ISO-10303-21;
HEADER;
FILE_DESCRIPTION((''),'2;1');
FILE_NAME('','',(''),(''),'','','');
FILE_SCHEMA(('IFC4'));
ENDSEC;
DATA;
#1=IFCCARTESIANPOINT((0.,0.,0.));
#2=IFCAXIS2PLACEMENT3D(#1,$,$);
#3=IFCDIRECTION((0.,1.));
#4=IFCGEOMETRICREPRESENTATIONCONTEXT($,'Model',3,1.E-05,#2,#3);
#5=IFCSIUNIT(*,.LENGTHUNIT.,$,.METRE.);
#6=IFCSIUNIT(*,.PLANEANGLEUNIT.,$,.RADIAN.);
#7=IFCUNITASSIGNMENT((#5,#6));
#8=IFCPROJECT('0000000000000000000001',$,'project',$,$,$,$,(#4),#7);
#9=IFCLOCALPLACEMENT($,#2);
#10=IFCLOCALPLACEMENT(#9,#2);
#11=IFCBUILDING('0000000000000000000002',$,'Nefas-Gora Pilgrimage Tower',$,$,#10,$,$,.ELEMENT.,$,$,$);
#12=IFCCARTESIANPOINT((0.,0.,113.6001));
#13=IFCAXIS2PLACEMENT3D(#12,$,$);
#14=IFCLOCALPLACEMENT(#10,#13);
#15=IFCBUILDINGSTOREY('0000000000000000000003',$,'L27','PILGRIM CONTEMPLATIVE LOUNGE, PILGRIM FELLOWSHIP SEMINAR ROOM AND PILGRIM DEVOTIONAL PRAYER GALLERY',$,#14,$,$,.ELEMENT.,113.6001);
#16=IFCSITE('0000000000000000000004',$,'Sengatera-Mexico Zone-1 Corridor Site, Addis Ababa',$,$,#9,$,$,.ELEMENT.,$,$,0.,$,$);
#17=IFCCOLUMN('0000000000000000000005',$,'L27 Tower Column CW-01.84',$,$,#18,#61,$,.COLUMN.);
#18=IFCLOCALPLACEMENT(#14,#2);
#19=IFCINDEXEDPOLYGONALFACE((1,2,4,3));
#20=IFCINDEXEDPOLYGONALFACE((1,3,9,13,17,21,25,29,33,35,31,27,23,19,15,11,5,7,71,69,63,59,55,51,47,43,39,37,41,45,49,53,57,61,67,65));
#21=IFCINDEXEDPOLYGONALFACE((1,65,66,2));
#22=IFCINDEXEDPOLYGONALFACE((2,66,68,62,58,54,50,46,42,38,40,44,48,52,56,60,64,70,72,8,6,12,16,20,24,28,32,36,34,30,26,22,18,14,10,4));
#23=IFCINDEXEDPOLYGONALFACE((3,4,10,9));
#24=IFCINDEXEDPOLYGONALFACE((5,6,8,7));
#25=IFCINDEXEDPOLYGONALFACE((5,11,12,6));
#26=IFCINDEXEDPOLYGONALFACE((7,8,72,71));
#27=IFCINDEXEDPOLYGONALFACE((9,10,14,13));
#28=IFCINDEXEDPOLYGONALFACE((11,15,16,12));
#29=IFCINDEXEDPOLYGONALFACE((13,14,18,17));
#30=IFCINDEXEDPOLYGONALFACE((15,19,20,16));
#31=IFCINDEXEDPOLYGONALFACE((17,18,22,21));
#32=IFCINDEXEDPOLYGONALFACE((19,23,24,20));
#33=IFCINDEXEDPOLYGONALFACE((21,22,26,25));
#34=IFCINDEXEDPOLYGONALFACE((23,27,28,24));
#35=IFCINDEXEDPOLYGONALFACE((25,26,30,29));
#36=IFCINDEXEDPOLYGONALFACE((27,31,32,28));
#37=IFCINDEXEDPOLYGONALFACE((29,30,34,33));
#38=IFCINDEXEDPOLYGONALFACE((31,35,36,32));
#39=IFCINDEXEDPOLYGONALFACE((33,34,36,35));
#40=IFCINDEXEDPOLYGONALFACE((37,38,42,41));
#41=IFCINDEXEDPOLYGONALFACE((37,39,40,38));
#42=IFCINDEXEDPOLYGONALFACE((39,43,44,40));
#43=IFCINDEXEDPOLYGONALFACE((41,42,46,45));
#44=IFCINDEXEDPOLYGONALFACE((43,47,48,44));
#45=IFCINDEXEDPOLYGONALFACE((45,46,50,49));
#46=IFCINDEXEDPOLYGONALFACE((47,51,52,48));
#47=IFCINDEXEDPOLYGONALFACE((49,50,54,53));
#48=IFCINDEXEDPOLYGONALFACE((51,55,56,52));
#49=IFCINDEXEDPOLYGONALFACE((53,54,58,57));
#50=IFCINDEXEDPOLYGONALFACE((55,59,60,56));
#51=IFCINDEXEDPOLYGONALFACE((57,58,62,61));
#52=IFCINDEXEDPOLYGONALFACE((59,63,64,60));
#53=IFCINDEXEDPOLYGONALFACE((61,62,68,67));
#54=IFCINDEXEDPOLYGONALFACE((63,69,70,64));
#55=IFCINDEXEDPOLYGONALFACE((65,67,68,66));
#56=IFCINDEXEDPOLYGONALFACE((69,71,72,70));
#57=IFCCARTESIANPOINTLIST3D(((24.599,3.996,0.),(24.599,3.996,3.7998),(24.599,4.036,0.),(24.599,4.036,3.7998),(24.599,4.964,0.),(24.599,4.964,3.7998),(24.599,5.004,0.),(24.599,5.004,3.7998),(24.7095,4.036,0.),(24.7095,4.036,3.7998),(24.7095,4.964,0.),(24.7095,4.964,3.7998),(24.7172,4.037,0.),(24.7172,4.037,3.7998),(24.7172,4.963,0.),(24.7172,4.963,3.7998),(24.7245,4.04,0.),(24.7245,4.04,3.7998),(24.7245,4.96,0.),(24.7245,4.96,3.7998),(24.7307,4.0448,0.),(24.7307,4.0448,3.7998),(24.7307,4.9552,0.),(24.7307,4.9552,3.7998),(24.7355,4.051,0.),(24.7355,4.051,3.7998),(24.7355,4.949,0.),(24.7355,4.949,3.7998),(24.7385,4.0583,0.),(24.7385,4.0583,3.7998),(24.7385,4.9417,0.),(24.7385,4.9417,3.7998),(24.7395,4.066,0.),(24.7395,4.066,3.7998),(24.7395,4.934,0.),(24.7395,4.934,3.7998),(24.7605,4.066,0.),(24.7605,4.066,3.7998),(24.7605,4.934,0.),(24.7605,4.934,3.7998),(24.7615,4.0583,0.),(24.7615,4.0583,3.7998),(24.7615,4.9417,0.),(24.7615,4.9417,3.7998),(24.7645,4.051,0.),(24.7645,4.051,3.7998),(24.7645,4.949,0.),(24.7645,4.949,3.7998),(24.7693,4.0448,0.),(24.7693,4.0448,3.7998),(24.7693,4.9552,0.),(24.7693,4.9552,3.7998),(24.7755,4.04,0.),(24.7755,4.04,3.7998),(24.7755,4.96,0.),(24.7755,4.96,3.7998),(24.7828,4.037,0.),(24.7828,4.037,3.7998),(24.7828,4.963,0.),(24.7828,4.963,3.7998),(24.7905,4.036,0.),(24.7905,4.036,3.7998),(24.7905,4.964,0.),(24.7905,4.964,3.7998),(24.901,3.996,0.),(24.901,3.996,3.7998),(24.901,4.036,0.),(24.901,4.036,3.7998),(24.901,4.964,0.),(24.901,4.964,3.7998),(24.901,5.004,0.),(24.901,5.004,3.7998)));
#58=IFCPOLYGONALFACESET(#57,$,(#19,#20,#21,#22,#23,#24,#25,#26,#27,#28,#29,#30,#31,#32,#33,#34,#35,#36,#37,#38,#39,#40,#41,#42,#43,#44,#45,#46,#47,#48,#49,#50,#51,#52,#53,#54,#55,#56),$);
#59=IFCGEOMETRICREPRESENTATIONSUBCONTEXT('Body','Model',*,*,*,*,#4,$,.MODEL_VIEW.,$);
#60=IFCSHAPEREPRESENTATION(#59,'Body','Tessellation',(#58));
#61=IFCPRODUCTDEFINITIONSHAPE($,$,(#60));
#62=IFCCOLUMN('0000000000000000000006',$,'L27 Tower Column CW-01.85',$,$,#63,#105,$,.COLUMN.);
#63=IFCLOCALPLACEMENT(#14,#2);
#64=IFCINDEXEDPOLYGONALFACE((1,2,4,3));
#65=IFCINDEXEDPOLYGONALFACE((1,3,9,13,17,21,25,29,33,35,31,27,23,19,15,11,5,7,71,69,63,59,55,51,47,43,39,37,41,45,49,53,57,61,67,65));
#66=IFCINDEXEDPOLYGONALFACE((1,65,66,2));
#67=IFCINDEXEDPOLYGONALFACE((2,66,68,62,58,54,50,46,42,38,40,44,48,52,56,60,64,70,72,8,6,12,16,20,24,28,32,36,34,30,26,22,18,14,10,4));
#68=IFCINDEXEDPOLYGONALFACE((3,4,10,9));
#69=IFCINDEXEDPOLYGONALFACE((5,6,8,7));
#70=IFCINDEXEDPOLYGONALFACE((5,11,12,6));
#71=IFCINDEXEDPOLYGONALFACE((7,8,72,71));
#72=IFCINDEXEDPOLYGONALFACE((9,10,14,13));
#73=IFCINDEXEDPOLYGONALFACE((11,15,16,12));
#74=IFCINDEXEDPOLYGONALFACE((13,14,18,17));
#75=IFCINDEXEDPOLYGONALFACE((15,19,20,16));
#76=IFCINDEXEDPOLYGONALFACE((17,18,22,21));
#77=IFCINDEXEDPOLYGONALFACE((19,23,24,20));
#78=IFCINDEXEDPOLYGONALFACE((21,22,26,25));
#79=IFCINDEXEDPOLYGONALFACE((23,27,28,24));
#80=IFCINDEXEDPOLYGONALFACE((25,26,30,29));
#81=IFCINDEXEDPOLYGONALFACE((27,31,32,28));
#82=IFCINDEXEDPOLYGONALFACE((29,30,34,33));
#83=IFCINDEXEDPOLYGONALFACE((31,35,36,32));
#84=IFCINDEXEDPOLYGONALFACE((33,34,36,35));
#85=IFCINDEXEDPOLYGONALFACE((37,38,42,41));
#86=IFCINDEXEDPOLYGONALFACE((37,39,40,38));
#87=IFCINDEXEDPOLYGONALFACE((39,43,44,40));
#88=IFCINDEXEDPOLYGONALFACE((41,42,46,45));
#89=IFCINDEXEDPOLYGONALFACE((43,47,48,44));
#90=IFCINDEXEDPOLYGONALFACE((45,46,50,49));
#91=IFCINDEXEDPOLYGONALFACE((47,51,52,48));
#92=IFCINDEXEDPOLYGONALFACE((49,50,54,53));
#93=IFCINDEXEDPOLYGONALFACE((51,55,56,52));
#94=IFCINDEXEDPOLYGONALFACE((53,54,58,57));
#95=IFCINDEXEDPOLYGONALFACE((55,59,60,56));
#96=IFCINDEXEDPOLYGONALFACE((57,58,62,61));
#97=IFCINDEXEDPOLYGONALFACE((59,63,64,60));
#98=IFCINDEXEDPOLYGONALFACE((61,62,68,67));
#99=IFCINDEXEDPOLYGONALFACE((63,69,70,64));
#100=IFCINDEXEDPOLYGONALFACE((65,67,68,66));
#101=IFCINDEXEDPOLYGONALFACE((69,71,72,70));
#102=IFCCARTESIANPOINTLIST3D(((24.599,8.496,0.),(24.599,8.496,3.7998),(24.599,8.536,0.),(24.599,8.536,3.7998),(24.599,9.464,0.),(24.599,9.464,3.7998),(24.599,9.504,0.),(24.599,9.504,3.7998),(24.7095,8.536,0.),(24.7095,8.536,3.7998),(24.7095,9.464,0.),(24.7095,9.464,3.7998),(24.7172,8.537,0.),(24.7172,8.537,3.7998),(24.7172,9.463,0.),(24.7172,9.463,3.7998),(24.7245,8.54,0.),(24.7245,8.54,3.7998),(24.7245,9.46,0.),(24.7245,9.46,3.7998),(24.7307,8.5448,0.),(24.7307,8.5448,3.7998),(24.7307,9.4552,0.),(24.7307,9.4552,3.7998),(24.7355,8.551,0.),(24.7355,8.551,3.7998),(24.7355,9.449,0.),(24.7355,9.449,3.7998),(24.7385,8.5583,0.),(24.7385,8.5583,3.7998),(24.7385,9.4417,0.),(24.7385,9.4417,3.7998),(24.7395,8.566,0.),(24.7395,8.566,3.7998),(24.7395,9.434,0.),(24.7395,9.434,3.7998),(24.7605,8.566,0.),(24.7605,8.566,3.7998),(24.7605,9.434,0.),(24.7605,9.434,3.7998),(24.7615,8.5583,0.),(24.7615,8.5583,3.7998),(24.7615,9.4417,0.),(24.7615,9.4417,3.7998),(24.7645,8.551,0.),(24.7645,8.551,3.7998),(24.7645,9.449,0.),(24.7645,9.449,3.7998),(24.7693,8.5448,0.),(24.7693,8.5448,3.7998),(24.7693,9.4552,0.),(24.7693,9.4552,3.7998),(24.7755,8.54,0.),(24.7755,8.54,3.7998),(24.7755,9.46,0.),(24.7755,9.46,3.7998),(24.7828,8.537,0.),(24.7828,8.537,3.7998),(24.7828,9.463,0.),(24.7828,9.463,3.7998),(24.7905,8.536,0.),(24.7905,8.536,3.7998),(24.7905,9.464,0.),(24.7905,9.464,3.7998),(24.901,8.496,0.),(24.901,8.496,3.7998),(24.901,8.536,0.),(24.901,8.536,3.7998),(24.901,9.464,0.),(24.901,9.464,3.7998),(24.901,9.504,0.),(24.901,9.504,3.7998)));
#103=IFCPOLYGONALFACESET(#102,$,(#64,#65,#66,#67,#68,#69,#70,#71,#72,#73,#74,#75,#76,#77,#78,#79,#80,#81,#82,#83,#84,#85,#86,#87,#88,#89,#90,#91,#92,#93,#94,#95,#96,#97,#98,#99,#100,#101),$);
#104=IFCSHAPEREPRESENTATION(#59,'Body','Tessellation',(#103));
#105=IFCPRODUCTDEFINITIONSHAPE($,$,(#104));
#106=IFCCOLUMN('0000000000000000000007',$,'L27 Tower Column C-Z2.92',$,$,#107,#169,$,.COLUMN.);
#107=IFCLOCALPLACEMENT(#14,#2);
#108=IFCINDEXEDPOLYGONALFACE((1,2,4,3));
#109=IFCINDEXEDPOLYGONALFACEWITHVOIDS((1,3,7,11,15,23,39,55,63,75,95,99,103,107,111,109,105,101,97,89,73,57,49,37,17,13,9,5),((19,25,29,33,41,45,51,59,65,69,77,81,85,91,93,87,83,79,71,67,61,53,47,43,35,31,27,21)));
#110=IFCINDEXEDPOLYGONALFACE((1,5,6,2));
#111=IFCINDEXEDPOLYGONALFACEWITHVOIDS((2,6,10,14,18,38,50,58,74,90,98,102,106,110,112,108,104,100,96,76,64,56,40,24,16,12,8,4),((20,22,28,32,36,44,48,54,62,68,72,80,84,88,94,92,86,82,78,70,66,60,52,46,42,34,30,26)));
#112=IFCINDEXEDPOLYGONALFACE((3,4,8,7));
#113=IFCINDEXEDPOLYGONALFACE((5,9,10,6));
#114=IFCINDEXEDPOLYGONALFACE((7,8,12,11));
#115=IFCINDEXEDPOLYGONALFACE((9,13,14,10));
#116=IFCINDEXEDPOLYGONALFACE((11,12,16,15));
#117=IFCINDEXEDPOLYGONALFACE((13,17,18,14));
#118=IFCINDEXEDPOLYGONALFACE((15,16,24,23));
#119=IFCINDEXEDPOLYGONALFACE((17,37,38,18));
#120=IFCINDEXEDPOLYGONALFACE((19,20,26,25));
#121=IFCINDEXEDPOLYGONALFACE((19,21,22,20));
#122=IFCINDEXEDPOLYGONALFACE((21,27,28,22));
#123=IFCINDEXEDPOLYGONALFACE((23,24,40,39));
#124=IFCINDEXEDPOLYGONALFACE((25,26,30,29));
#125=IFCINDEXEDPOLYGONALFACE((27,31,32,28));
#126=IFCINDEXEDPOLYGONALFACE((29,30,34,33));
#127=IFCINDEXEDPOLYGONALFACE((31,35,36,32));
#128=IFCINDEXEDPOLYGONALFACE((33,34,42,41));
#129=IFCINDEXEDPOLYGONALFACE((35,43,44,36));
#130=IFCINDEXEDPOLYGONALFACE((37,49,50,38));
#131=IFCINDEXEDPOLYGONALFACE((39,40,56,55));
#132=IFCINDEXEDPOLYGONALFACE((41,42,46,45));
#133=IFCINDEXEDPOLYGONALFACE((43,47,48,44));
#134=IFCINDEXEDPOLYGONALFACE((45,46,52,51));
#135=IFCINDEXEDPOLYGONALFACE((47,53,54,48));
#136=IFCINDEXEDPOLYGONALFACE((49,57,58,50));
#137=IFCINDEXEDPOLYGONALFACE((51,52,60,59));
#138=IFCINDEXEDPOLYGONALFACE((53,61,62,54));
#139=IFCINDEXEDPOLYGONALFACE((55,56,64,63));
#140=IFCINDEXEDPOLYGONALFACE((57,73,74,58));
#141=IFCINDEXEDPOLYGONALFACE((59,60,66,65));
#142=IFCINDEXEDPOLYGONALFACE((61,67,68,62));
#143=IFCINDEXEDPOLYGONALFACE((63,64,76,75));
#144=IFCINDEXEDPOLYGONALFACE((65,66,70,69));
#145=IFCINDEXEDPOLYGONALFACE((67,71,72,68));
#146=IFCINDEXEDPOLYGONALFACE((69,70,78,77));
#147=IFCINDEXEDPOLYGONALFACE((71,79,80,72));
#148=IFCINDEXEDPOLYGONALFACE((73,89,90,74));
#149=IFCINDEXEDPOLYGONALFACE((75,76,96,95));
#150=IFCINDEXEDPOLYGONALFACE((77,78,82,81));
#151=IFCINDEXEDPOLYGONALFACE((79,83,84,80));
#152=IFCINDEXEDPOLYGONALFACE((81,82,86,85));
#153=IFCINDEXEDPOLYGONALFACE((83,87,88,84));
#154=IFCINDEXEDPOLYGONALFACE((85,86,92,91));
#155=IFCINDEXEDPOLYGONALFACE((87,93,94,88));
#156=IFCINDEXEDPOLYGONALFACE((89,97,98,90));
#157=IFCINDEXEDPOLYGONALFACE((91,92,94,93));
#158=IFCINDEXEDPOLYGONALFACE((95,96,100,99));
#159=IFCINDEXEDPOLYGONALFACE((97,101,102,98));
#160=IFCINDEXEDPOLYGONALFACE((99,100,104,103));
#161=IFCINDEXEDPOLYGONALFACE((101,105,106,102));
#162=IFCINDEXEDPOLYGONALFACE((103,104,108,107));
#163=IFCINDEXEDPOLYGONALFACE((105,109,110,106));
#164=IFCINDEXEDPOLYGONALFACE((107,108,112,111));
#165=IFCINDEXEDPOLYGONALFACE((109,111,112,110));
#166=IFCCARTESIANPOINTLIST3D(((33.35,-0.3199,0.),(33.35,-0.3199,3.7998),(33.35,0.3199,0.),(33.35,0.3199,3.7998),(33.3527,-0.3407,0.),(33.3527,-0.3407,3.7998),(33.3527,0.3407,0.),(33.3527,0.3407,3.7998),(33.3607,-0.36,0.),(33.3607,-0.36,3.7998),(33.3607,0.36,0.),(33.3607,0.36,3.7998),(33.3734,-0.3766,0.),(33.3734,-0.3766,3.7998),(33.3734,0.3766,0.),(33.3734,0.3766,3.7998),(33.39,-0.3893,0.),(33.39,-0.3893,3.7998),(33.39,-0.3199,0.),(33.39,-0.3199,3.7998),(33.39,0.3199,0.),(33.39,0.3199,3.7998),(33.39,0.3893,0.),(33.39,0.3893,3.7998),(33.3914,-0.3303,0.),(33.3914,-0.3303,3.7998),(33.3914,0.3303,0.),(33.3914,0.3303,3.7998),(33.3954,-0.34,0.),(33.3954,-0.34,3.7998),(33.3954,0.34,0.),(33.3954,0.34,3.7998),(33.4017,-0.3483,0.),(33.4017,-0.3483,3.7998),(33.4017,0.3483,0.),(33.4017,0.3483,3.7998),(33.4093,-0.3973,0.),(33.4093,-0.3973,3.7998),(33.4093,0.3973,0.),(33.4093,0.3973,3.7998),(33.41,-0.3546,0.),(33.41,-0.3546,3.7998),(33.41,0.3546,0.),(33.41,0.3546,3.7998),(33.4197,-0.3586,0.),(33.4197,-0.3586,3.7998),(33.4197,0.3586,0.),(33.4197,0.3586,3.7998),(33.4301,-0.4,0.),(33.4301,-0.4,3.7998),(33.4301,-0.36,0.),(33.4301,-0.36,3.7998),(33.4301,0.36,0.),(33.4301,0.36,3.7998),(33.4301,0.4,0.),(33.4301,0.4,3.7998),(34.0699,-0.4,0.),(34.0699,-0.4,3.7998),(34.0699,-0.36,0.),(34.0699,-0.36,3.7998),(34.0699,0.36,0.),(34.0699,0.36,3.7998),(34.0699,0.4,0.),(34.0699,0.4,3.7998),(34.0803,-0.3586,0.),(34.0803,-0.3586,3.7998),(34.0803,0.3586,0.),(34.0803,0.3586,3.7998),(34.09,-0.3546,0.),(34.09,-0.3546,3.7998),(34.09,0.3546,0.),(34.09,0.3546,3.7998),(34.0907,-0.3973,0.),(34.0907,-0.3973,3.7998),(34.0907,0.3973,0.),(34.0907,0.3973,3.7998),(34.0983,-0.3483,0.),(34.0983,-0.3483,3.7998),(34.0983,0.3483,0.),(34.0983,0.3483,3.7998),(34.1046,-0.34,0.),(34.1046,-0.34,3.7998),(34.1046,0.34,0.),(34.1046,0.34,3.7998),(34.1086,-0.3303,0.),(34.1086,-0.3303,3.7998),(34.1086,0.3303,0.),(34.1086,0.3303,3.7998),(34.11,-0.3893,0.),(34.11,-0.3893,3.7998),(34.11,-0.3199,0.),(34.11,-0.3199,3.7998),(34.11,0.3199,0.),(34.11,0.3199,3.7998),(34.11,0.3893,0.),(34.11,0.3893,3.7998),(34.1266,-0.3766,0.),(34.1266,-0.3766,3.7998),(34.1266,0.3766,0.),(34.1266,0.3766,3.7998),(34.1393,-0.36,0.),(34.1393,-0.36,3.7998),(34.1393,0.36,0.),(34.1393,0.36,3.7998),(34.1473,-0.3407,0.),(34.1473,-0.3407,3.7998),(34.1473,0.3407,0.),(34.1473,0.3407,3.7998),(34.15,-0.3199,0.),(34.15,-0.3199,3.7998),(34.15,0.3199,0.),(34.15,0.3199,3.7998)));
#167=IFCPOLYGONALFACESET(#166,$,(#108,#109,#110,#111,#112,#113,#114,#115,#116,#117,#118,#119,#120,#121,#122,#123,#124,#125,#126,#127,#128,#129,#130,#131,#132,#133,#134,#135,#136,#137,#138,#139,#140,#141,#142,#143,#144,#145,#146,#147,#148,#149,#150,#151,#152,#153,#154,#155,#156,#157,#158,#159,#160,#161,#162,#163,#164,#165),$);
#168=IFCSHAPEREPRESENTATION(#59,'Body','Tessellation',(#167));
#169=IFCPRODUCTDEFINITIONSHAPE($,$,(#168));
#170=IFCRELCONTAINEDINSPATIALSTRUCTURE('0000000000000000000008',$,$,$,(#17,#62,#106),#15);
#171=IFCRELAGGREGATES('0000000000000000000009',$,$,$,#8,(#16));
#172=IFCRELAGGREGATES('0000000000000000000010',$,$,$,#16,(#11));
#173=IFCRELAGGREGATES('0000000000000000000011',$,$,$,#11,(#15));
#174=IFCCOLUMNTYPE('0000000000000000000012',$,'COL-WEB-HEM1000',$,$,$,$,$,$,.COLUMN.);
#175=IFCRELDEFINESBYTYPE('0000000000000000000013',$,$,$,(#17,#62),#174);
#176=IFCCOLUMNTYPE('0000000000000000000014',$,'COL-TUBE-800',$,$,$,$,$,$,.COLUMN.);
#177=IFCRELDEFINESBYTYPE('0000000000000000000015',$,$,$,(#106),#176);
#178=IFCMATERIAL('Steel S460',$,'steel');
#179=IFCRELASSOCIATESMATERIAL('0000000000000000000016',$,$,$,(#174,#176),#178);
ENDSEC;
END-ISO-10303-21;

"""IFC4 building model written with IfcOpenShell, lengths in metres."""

from ifc_helpers import new_model, si_unit, direction, frame, origin, origin_2d, place, context, subcontext, project, spatial, hollow_rectangle, i_section, extrude, source, transform, mapped, material, material_profile, profile_set, type_object, element, save


model = new_model("IFC4")

# Units and contexts
model_context = context("Model", 3, precision=1e-05, world=origin(), true_north=direction((0.0, 1.0)))
body_context = subcontext(model_context, "Body", "Model", "MODEL_VIEW")
ifc_project = project(units=[si_unit("LENGTHUNIT", "METRE"), si_unit("PLANEANGLEUNIT", "RADIAN")], contexts=[model_context])

# Site, building, storey
site_placement = place(None, origin())
site = spatial("IfcSite", under=ifc_project, at=site_placement, Name="Sengatera-Mexico Zone-1 Corridor Site, Addis Ababa", CompositionType="ELEMENT", RefElevation=0.0)
building_placement = place(site_placement, origin())
building = spatial("IfcBuilding", under=site, at=building_placement, Name="Nefas-Gora Pilgrimage Tower", CompositionType="ELEMENT")
storey_placement = place(building_placement, frame((0.0, 0.0, 113.6001)))
storey = spatial("IfcBuildingStorey", under=building, at=storey_placement, Name="L27", Description="PILGRIM CONTEMPLATIVE LOUNGE, PILGRIM FELLOWSHIP SEMINAR ROOM AND PILGRIM DEVOTIONAL PRAYER GALLERY", CompositionType="ELEMENT", Elevation=113.6001)

# Columns
ifc_material_1 = material(Name="Steel S460", Category="steel")
ifc_material_profile_1 = material_profile(ifc_material_1, i_section(OverallWidth=0.302, OverallDepth=1.0081, WebThickness=0.021, FlangeThickness=0.04, FilletRadius=0.03, at=origin_2d()), Name="HEM 1000")
ifc_profile_set_1 = profile_set([ifc_material_profile_1], Name="Steel S460")
column_type_1 = type_object("IfcColumnType", Name="COL-WEB-HEM1000", PredefinedType="COLUMN", material=ifc_profile_set_1)
shared_shape_1 = source(origin(), body_context, "Body", "SweptSolid", [
    extrude(i_section(OverallWidth=0.302, OverallDepth=1.0081, WebThickness=0.021, FlangeThickness=0.04, FilletRadius=0.03, at=origin_2d()), origin(), (0.0, 0.0, 1.0), 3.7998),
])
for number, where, z_axis, x_axis, name in (
    (1, (24.75, 4.5, 0.0), (0.0, 0.0, 1.0), (1.0, 0.0, 0.0), "L27 Tower Column CW-01.84"),
    (2, (24.75, 9.0, 0.0), (0.0, 0.0, 1.0), (1.0, 0.0, 0.0), "L27 Tower Column CW-01.85"),
):
    element("IfcColumn", number, at=place(storey_placement, frame(where, z_axis=z_axis, x_axis=x_axis)), inside=storey, type_object=column_type_1, Name=name, PredefinedType="COLUMN", context=body_context, shape_type="MappedRepresentation", body=[
        mapped(shared_shape_1, transform((0.0, 0.0, 0.0), x_axis=(1.0, 0.0, 0.0), y_axis=(0.0, 1.0, 0.0), z_axis=(0.0, 0.0, 1.0), scale=1.0)),
    ])
ifc_material_profile_2 = material_profile(ifc_material_1, hollow_rectangle(XDim=0.8, YDim=0.8, WallThickness=0.04, InnerFilletRadius=0.04, OuterFilletRadius=0.0801, at=origin_2d()), Name="BOX 800x800x40")
ifc_profile_set_2 = profile_set([ifc_material_profile_2], Name="Steel S460")
column_type_2 = type_object("IfcColumnType", Name="COL-TUBE-800", PredefinedType="COLUMN", material=ifc_profile_set_2)
shared_shape_2 = source(origin(), body_context, "Body", "SweptSolid", [
    extrude(hollow_rectangle(XDim=0.8, YDim=0.8, WallThickness=0.04, InnerFilletRadius=0.04, OuterFilletRadius=0.0801, at=origin_2d()), origin(), (0.0, 0.0, 1.0), 3.7998),
])
for number, where, z_axis, x_axis, name in (
    (3, (33.75, 0.0, 0.0), (0.0, 0.0, 1.0), (1.0, 0.0, 0.0), "L27 Tower Column C-Z2.92"),
):
    element("IfcColumn", number, at=place(storey_placement, frame(where, z_axis=z_axis, x_axis=x_axis)), inside=storey, type_object=column_type_2, Name=name, PredefinedType="COLUMN", context=body_context, shape_type="MappedRepresentation", body=[
        mapped(shared_shape_2, transform((0.0, 0.0, 0.0), x_axis=(1.0, 0.0, 0.0), y_axis=(0.0, 1.0, 0.0), z_axis=(0.0, 0.0, 1.0), scale=1.0)),
    ])

save(model, "model.ifc")
